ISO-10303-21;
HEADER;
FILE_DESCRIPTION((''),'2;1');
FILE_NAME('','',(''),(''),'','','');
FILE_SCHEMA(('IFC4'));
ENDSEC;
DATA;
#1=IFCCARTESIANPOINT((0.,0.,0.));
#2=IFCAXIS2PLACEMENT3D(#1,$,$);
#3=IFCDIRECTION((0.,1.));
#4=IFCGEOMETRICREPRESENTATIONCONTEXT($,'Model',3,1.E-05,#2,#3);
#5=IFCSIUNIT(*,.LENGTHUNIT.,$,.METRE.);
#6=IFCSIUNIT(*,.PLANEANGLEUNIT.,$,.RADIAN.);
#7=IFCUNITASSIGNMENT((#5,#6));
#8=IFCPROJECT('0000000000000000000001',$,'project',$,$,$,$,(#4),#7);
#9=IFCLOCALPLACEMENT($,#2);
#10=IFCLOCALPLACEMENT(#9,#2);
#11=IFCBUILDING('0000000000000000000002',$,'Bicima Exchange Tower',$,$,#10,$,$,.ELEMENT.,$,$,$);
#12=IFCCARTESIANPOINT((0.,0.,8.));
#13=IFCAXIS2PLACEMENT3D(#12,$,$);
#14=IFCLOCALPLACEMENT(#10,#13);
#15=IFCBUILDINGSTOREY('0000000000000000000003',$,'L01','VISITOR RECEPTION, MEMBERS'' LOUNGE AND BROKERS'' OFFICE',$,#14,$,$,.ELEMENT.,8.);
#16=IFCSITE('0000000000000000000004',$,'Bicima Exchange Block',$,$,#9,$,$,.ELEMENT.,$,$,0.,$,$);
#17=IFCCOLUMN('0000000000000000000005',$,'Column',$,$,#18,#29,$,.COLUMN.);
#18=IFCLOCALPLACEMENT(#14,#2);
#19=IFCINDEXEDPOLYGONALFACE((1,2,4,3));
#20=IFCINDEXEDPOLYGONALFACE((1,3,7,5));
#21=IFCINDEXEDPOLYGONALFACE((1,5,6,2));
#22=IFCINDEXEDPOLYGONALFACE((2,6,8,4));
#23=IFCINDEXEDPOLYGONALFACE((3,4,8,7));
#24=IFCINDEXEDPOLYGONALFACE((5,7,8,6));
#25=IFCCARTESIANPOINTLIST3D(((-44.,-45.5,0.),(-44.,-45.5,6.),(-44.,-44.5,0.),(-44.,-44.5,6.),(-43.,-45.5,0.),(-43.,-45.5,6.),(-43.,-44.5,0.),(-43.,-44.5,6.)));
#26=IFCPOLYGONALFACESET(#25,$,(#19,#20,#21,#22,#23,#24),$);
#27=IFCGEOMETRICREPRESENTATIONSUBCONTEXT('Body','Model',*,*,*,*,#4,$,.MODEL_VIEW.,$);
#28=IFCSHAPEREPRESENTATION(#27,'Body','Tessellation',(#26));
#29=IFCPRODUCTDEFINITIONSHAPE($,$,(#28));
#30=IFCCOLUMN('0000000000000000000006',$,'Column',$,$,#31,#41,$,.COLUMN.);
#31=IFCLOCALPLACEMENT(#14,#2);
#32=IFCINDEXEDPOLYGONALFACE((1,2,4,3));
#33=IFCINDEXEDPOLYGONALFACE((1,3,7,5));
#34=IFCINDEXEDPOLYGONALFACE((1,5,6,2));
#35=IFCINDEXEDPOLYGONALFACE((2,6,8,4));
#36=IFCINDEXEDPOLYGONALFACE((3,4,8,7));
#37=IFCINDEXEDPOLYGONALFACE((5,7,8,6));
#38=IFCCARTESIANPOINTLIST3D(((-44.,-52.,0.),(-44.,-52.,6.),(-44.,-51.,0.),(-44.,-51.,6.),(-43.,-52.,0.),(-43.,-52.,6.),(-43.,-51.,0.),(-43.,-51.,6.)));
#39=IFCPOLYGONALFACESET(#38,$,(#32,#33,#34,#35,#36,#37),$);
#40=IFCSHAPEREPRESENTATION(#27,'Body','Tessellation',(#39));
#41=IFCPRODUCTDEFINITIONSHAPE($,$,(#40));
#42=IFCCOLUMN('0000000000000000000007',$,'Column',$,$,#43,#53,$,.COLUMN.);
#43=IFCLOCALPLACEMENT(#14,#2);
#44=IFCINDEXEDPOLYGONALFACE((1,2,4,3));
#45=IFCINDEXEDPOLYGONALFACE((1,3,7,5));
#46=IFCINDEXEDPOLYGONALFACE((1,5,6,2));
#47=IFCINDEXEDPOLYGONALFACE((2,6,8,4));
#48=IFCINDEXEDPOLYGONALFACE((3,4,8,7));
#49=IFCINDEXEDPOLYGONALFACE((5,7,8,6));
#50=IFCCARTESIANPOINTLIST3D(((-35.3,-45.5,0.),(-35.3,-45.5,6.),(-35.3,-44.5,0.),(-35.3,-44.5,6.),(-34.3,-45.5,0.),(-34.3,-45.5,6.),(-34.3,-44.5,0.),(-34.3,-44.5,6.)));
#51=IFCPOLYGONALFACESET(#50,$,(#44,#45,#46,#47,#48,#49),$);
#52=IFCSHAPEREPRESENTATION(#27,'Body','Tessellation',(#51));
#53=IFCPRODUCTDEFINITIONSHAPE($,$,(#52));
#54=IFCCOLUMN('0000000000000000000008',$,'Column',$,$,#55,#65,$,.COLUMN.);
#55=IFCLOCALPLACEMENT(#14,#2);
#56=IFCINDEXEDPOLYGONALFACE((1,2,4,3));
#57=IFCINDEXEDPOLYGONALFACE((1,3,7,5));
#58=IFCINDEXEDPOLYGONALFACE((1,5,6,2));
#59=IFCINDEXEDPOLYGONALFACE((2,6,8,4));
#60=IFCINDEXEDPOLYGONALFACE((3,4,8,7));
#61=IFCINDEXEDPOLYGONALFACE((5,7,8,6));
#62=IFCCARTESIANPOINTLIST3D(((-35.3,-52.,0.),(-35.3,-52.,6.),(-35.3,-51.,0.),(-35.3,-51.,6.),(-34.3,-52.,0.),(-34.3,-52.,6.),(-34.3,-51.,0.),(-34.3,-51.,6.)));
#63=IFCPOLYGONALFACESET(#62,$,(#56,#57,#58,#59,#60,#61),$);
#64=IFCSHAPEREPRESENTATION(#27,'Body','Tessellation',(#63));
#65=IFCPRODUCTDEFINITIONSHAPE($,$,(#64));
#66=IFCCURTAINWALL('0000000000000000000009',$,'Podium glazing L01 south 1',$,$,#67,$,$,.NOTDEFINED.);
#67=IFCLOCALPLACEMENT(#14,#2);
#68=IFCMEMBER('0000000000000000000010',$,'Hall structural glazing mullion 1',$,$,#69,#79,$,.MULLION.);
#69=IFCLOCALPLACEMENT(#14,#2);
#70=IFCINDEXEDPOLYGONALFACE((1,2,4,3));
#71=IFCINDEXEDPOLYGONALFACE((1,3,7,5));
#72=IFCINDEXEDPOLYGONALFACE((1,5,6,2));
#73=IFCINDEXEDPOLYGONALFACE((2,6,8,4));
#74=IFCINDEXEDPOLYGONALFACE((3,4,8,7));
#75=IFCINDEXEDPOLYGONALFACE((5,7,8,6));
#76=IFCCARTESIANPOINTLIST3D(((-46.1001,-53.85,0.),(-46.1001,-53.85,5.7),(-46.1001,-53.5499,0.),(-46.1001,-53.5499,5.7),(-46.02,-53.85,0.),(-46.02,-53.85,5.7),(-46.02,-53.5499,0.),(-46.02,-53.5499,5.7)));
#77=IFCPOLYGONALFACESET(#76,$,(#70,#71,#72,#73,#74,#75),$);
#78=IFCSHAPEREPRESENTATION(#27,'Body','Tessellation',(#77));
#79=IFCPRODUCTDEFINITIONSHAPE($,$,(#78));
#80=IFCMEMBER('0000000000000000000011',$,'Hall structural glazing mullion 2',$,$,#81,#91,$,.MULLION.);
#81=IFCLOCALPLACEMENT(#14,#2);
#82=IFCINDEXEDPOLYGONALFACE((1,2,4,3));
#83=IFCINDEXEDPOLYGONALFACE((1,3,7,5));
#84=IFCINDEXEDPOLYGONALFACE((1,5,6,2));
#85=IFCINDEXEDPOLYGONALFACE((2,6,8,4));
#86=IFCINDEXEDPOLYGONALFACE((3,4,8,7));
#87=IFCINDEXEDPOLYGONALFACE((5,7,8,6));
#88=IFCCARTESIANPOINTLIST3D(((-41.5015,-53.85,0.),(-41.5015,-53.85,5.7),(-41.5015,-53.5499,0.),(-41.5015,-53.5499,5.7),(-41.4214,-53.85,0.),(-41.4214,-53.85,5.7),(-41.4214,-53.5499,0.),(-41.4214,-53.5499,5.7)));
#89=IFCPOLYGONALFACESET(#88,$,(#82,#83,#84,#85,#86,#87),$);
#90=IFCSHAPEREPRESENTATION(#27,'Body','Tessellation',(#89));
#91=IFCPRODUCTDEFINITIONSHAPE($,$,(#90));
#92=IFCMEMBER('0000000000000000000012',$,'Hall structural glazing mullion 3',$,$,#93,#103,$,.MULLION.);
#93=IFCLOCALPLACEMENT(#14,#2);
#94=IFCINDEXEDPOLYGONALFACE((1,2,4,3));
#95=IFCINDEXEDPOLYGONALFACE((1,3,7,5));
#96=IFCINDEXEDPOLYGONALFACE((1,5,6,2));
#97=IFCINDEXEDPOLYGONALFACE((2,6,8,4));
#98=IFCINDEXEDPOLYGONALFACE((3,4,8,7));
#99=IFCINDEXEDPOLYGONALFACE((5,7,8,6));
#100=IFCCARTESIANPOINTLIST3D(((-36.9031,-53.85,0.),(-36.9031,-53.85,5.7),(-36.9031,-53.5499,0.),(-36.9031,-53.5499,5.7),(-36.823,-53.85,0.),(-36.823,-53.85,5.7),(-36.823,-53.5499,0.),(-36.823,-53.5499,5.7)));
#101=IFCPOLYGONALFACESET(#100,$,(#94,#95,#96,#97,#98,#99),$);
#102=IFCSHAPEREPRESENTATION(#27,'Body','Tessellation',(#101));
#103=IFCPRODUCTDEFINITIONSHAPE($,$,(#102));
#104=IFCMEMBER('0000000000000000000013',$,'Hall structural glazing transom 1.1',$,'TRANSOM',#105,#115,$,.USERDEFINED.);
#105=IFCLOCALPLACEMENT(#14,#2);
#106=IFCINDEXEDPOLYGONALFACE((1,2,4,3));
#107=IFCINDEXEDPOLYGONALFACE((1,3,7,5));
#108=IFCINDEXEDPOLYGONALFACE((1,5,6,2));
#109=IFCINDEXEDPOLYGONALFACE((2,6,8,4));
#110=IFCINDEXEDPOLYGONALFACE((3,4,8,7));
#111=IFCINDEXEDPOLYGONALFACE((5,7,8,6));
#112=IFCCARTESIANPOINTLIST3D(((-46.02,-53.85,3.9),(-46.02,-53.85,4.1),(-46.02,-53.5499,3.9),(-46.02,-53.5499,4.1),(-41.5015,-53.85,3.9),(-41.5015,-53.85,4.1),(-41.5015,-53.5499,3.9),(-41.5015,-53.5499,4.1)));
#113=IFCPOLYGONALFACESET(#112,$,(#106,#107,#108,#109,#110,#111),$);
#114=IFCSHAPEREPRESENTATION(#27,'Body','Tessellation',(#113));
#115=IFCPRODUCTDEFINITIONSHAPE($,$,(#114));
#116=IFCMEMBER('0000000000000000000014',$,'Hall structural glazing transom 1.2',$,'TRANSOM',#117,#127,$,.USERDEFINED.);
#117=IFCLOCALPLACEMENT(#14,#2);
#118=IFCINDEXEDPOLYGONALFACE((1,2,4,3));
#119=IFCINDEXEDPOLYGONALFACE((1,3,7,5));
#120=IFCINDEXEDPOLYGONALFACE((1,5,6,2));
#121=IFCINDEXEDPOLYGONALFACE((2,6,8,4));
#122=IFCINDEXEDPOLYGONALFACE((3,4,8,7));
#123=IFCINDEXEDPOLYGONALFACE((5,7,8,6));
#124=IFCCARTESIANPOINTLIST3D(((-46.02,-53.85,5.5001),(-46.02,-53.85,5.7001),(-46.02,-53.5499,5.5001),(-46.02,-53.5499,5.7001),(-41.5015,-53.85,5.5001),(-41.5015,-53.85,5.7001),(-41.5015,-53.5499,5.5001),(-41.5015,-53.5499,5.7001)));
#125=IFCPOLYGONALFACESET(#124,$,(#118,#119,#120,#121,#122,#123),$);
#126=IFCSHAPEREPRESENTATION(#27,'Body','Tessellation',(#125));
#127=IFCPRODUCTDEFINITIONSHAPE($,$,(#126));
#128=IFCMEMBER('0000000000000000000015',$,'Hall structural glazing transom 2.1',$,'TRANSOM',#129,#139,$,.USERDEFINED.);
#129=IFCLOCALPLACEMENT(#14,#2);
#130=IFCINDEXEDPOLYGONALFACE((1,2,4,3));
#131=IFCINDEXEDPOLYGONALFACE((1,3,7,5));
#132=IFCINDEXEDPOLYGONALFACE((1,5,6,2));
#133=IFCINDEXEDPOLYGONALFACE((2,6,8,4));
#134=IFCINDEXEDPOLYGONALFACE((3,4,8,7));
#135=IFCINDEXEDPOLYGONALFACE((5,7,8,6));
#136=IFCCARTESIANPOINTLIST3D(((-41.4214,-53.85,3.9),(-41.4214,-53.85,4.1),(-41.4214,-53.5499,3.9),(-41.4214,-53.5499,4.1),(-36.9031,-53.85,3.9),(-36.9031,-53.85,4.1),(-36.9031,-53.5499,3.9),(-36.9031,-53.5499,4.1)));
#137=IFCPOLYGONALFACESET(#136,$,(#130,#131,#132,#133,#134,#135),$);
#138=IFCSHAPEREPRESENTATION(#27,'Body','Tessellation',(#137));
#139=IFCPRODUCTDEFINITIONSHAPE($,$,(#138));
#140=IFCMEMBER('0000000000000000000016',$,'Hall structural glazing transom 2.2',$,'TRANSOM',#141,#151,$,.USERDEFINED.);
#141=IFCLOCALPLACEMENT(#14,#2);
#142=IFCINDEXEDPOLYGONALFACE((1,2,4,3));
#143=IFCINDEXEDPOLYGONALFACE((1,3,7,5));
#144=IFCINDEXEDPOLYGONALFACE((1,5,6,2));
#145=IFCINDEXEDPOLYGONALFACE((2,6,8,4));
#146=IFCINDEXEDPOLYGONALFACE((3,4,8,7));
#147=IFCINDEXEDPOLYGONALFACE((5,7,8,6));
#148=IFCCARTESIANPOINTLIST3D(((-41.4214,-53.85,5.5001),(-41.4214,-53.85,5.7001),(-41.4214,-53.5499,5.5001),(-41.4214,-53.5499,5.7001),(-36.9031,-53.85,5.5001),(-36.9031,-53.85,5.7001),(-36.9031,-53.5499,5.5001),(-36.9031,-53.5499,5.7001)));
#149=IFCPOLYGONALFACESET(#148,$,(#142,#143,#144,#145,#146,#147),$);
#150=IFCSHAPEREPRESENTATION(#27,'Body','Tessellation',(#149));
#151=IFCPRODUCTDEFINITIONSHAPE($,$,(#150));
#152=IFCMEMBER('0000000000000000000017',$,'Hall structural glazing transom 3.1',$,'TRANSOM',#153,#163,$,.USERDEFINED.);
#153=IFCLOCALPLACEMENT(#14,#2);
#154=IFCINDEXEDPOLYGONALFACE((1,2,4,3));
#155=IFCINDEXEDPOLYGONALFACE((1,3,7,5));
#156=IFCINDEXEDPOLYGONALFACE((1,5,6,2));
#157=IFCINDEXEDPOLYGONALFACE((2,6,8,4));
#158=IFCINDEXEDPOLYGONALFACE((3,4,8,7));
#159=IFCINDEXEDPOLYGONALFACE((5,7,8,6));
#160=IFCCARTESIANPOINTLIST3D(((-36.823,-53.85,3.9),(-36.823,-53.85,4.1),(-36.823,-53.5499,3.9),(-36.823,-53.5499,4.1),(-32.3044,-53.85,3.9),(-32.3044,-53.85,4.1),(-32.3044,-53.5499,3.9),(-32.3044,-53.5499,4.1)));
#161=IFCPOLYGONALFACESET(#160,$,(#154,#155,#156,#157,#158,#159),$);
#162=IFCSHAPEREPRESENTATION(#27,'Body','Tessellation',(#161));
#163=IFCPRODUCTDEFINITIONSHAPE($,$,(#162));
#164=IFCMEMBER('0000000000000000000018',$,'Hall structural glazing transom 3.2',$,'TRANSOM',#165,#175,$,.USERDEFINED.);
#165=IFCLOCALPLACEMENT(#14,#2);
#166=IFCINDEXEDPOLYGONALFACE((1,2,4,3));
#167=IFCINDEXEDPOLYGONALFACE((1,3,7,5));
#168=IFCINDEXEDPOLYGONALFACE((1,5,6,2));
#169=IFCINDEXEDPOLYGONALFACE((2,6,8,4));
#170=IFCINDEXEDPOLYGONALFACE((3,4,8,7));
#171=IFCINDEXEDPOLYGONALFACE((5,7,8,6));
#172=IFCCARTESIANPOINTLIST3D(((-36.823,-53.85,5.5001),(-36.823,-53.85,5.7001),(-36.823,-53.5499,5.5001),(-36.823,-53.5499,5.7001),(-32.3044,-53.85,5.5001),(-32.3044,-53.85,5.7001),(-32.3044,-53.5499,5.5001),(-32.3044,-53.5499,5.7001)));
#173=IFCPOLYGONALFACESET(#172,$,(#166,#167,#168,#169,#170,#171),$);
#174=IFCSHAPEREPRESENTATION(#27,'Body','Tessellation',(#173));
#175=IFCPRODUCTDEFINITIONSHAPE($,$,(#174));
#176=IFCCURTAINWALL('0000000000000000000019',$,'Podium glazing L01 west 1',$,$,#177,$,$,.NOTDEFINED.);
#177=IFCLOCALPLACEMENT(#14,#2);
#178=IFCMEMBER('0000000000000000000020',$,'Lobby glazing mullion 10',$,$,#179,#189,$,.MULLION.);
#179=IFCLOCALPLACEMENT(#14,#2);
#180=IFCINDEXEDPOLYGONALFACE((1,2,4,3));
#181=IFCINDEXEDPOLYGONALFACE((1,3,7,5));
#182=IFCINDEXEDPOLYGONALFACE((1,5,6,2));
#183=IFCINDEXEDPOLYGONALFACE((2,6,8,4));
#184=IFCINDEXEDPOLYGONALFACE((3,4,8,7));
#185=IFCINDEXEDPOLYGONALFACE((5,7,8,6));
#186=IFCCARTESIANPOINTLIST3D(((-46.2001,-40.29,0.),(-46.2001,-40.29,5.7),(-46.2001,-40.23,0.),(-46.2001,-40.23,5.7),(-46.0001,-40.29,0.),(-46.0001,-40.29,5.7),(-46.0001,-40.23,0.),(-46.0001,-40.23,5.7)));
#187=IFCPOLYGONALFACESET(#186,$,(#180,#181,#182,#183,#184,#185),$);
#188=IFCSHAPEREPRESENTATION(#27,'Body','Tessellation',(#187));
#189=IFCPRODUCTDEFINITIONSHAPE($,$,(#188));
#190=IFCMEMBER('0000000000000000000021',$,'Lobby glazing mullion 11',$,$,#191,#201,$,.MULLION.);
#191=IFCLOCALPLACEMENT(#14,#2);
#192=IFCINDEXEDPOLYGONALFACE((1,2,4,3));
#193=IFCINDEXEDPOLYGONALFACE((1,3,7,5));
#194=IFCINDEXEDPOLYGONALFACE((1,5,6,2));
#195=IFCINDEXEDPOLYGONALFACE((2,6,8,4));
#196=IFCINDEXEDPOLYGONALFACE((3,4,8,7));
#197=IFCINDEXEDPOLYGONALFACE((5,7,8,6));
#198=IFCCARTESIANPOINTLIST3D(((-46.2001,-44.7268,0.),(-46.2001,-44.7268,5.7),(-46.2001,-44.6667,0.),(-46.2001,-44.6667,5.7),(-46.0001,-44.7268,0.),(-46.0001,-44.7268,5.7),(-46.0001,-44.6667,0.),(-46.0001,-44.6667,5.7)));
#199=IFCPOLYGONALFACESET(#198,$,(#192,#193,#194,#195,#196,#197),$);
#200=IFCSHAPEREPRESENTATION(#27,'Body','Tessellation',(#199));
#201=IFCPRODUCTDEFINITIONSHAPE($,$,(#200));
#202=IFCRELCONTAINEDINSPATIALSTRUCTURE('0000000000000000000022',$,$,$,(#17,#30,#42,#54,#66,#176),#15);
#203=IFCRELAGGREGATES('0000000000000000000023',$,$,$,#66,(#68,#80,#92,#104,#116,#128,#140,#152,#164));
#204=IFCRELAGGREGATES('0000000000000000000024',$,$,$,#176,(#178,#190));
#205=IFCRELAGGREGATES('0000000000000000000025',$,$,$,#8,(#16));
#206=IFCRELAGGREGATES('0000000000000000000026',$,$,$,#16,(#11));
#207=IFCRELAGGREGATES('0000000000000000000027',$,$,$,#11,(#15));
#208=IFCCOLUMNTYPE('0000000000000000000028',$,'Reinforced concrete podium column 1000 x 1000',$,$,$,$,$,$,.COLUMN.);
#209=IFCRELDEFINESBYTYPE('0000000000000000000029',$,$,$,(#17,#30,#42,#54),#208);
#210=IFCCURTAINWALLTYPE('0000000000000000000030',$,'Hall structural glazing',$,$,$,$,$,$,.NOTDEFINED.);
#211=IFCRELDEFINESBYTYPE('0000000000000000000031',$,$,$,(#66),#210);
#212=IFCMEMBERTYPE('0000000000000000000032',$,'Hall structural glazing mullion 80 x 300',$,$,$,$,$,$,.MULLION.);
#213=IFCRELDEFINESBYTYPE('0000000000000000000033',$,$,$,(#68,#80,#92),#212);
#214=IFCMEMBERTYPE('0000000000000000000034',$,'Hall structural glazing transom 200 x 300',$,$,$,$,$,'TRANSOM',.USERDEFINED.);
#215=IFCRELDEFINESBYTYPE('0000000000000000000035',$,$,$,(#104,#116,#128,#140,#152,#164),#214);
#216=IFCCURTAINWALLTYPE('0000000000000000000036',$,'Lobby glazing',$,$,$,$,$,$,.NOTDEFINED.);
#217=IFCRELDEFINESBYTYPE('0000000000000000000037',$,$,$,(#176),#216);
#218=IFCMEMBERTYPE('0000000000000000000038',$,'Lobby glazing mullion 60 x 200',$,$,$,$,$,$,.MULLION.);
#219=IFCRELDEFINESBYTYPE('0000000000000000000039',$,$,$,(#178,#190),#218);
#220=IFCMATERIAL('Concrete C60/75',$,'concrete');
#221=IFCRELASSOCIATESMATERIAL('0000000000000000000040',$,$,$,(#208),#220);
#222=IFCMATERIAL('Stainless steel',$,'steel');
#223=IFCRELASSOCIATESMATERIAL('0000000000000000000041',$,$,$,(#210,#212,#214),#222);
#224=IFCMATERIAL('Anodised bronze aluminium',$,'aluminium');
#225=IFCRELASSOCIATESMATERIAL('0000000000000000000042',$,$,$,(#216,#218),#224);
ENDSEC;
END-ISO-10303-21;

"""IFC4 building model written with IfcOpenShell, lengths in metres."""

from ifc_helpers import new_model, si_unit, direction, frame, origin, origin_2d, place, context, subcontext, project, spatial, rectangle, extrude, material, material_profile, profile_set, type_object, element, aggregate, save


model = new_model("IFC4")

# Units and contexts
model_context = context("Model", 3, precision=1e-05, world=origin(), true_north=direction((0.0, 1.0)))
body_context = subcontext(model_context, "Body", "Model", "MODEL_VIEW")
ifc_project = project(units=[si_unit("LENGTHUNIT", "METRE"), si_unit("PLANEANGLEUNIT", "RADIAN")], contexts=[model_context])

# Site, building, storey
site_placement = place(None, origin())
site = spatial("IfcSite", under=ifc_project, at=site_placement, Name="Bicima Exchange Block", CompositionType="ELEMENT", RefElevation=0.0)
building_placement = place(site_placement, origin())
building = spatial("IfcBuilding", under=site, at=building_placement, Name="Bicima Exchange Tower", CompositionType="ELEMENT")
storey_placement = place(building_placement, frame((0.0, 0.0, 8.0)))
storey = spatial("IfcBuildingStorey", under=building, at=storey_placement, Name="L01", Description="VISITOR RECEPTION, MEMBERS' LOUNGE AND BROKERS' OFFICE", CompositionType="ELEMENT", Elevation=8.0)

# Columns
ifc_material_1 = material(Name="Concrete C60/75", Category="concrete")
ifc_material_profile_1 = material_profile(ifc_material_1, rectangle(XDim=1.0, YDim=1.0, at=origin_2d()))
ifc_profile_set_1 = profile_set([ifc_material_profile_1], Name="Concrete C60/75")
column_type = type_object("IfcColumnType", Name="Reinforced concrete podium column 1000 x 1000", PredefinedType="COLUMN", material=ifc_profile_set_1)
for number, where, z_axis, x_axis, name in (
    (1, (-43.5, -45.0, 0.0), (0.0, 0.0, 1.0), (1.0, 0.0, 0.0), "Column"),
    (2, (-43.5, -51.5, 0.0), (0.0, 0.0, 1.0), (1.0, 0.0, 0.0), "Column"),
    (3, (-34.8, -45.0, 0.0), (0.0, 0.0, 1.0), (1.0, 0.0, 0.0), "Column"),
    (4, (-34.8, -51.5, 0.0), (0.0, 0.0, 1.0), (1.0, 0.0, 0.0), "Column"),
):
    element("IfcColumn", number, at=place(storey_placement, frame(where, z_axis=z_axis, x_axis=x_axis)), inside=storey, type_object=column_type, Name=name, PredefinedType="COLUMN", context=body_context, shape_type="SweptSolid", body=[
        extrude(rectangle(XDim=1.0, YDim=1.0, at=origin_2d()), origin(), (0.0, 0.0, 1.0), 6.0),
    ])

# Curtain walls, members
ifc_material_2 = material(Name="Stainless steel", Category="steel")
curtain_wall_type_1 = type_object("IfcCurtainWallType", Name="Hall structural glazing", PredefinedType="NOTDEFINED", material=ifc_material_2)
curtain_wall_1_placement = place(storey_placement, origin())
curtain_wall_1 = element("IfcCurtainWall", 5, at=curtain_wall_1_placement, inside=storey, type_object=curtain_wall_type_1, Name="Podium glazing L01 south 1", PredefinedType="NOTDEFINED")
ifc_material_profile_2 = material_profile(ifc_material_2, rectangle(XDim=0.3, YDim=0.0801, at=origin_2d()))
ifc_profile_set_2 = profile_set([ifc_material_profile_2], Name="Stainless steel")
member_type_1 = type_object("IfcMemberType", Name="Hall structural glazing mullion 80 x 300", PredefinedType="MULLION", material=ifc_profile_set_2)
member_1_placement = place(storey_placement, frame((-46.0601, -53.7, 0.0), z_axis=(0.0, 0.0, 1.0), x_axis=(0.0, 1.0, 0.0)))
member_1 = element("IfcMember", 6, at=member_1_placement, type_object=member_type_1, Name="Hall structural glazing mullion 1", PredefinedType="MULLION", context=body_context, shape_type="SweptSolid", body=[
    extrude(rectangle(XDim=0.3, YDim=0.0801, at=origin_2d()), origin(), (0.0, 0.0, 1.0), 5.7),
])
member_2_placement = place(storey_placement, frame((-41.4614, -53.7, 0.0), z_axis=(0.0, 0.0, 1.0), x_axis=(0.0, 1.0, 0.0)))
member_2 = element("IfcMember", 7, at=member_2_placement, type_object=member_type_1, Name="Hall structural glazing mullion 2", PredefinedType="MULLION", context=body_context, shape_type="SweptSolid", body=[
    extrude(rectangle(XDim=0.3, YDim=0.0801, at=origin_2d()), origin(), (0.0, 0.0, 1.0), 5.7),
])
member_3_placement = place(storey_placement, frame((-36.863, -53.7, 0.0), z_axis=(0.0, 0.0, 1.0), x_axis=(0.0, 1.0, 0.0)))
member_3 = element("IfcMember", 8, at=member_3_placement, type_object=member_type_1, Name="Hall structural glazing mullion 3", PredefinedType="MULLION", context=body_context, shape_type="SweptSolid", body=[
    extrude(rectangle(XDim=0.3, YDim=0.0801, at=origin_2d()), origin(), (0.0, 0.0, 1.0), 5.7),
])
ifc_material_profile_3 = material_profile(ifc_material_2, rectangle(XDim=0.3, YDim=0.2, at=origin_2d()))
ifc_profile_set_3 = profile_set([ifc_material_profile_3], Name="Stainless steel")
member_type_2 = type_object("IfcMemberType", Name="Hall structural glazing transom 200 x 300", ElementType="TRANSOM", PredefinedType="USERDEFINED", material=ifc_profile_set_3)
member_4_placement = place(storey_placement, frame((-46.02, -53.7, 4.0), z_axis=(1.0, 0.0, 0.0), x_axis=(0.0, 1.0, 0.0)))
member_4 = element("IfcMember", 9, at=member_4_placement, type_object=member_type_2, Name="Hall structural glazing transom 1.1", ObjectType="TRANSOM", PredefinedType="USERDEFINED", context=body_context, shape_type="SweptSolid", body=[
    extrude(rectangle(XDim=0.3, YDim=0.2, at=origin_2d()), origin(), (0.0, 0.0, 1.0), 4.5186),
])
member_5_placement = place(storey_placement, frame((-46.02, -53.7, 5.6001), z_axis=(1.0, 0.0, 0.0), x_axis=(0.0, 1.0, 0.0)))
member_5 = element("IfcMember", 10, at=member_5_placement, type_object=member_type_2, Name="Hall structural glazing transom 1.2", ObjectType="TRANSOM", PredefinedType="USERDEFINED", context=body_context, shape_type="SweptSolid", body=[
    extrude(rectangle(XDim=0.3, YDim=0.2, at=origin_2d()), origin(), (0.0, 0.0, 1.0), 4.5186),
])
member_6_placement = place(storey_placement, frame((-41.4214, -53.7, 4.0), z_axis=(1.0, 0.0, 0.0), x_axis=(0.0, 1.0, 0.0)))
member_6 = element("IfcMember", 11, at=member_6_placement, type_object=member_type_2, Name="Hall structural glazing transom 2.1", ObjectType="TRANSOM", PredefinedType="USERDEFINED", context=body_context, shape_type="SweptSolid", body=[
    extrude(rectangle(XDim=0.3, YDim=0.2, at=origin_2d()), origin(), (0.0, 0.0, 1.0), 4.5183),
])
member_7_placement = place(storey_placement, frame((-41.4214, -53.7, 5.6001), z_axis=(1.0, 0.0, 0.0), x_axis=(0.0, 1.0, 0.0)))
member_7 = element("IfcMember", 12, at=member_7_placement, type_object=member_type_2, Name="Hall structural glazing transom 2.2", ObjectType="TRANSOM", PredefinedType="USERDEFINED", context=body_context, shape_type="SweptSolid", body=[
    extrude(rectangle(XDim=0.3, YDim=0.2, at=origin_2d()), origin(), (0.0, 0.0, 1.0), 4.5183),
])
member_8_placement = place(storey_placement, frame((-36.823, -53.7, 4.0), z_axis=(1.0, 0.0, 0.0), x_axis=(0.0, 1.0, 0.0)))
member_8 = element("IfcMember", 13, at=member_8_placement, type_object=member_type_2, Name="Hall structural glazing transom 3.1", ObjectType="TRANSOM", PredefinedType="USERDEFINED", context=body_context, shape_type="SweptSolid", body=[
    extrude(rectangle(XDim=0.3, YDim=0.2, at=origin_2d()), origin(), (0.0, 0.0, 1.0), 4.5186),
])
member_9_placement = place(storey_placement, frame((-36.823, -53.7, 5.6001), z_axis=(1.0, 0.0, 0.0), x_axis=(0.0, 1.0, 0.0)))
member_9 = element("IfcMember", 14, at=member_9_placement, type_object=member_type_2, Name="Hall structural glazing transom 3.2", ObjectType="TRANSOM", PredefinedType="USERDEFINED", context=body_context, shape_type="SweptSolid", body=[
    extrude(rectangle(XDim=0.3, YDim=0.2, at=origin_2d()), origin(), (0.0, 0.0, 1.0), 4.5186),
])
ifc_material_3 = material(Name="Anodised bronze aluminium", Category="aluminium")
curtain_wall_type_2 = type_object("IfcCurtainWallType", Name="Lobby glazing", PredefinedType="NOTDEFINED", material=ifc_material_3)
curtain_wall_2_placement = place(storey_placement, origin())
curtain_wall_2 = element("IfcCurtainWall", 15, at=curtain_wall_2_placement, inside=storey, type_object=curtain_wall_type_2, Name="Podium glazing L01 west 1", PredefinedType="NOTDEFINED")
ifc_material_profile_4 = material_profile(ifc_material_3, rectangle(XDim=0.2, YDim=0.0601, at=origin_2d()))
ifc_profile_set_4 = profile_set([ifc_material_profile_4], Name="Anodised bronze aluminium")
member_type_3 = type_object("IfcMemberType", Name="Lobby glazing mullion 60 x 200", PredefinedType="MULLION", material=ifc_profile_set_4)
member_10_placement = place(storey_placement, frame((-46.1001, -40.26, 0.0), z_axis=(0.0, 0.0, 1.0), x_axis=(1.0, 0.0, 0.0)))
member_10 = element("IfcMember", 16, at=member_10_placement, type_object=member_type_3, Name="Lobby glazing mullion 10", PredefinedType="MULLION", context=body_context, shape_type="SweptSolid", body=[
    extrude(rectangle(XDim=0.2, YDim=0.0601, at=origin_2d()), origin(), (0.0, 0.0, 1.0), 5.7),
])
member_11_placement = place(storey_placement, frame((-46.1001, -44.6968, 0.0), z_axis=(0.0, 0.0, 1.0), x_axis=(1.0, 0.0, 0.0)))
member_11 = element("IfcMember", 17, at=member_11_placement, type_object=member_type_3, Name="Lobby glazing mullion 11", PredefinedType="MULLION", context=body_context, shape_type="SweptSolid", body=[
    extrude(rectangle(XDim=0.2, YDim=0.0601, at=origin_2d()), origin(), (0.0, 0.0, 1.0), 5.7),
])

aggregate(curtain_wall_1, [member_1, member_2, member_3, member_4, member_5, member_6, member_7, member_8, member_9])
aggregate(curtain_wall_2, [member_10, member_11])

save(model, "model.ifc")
